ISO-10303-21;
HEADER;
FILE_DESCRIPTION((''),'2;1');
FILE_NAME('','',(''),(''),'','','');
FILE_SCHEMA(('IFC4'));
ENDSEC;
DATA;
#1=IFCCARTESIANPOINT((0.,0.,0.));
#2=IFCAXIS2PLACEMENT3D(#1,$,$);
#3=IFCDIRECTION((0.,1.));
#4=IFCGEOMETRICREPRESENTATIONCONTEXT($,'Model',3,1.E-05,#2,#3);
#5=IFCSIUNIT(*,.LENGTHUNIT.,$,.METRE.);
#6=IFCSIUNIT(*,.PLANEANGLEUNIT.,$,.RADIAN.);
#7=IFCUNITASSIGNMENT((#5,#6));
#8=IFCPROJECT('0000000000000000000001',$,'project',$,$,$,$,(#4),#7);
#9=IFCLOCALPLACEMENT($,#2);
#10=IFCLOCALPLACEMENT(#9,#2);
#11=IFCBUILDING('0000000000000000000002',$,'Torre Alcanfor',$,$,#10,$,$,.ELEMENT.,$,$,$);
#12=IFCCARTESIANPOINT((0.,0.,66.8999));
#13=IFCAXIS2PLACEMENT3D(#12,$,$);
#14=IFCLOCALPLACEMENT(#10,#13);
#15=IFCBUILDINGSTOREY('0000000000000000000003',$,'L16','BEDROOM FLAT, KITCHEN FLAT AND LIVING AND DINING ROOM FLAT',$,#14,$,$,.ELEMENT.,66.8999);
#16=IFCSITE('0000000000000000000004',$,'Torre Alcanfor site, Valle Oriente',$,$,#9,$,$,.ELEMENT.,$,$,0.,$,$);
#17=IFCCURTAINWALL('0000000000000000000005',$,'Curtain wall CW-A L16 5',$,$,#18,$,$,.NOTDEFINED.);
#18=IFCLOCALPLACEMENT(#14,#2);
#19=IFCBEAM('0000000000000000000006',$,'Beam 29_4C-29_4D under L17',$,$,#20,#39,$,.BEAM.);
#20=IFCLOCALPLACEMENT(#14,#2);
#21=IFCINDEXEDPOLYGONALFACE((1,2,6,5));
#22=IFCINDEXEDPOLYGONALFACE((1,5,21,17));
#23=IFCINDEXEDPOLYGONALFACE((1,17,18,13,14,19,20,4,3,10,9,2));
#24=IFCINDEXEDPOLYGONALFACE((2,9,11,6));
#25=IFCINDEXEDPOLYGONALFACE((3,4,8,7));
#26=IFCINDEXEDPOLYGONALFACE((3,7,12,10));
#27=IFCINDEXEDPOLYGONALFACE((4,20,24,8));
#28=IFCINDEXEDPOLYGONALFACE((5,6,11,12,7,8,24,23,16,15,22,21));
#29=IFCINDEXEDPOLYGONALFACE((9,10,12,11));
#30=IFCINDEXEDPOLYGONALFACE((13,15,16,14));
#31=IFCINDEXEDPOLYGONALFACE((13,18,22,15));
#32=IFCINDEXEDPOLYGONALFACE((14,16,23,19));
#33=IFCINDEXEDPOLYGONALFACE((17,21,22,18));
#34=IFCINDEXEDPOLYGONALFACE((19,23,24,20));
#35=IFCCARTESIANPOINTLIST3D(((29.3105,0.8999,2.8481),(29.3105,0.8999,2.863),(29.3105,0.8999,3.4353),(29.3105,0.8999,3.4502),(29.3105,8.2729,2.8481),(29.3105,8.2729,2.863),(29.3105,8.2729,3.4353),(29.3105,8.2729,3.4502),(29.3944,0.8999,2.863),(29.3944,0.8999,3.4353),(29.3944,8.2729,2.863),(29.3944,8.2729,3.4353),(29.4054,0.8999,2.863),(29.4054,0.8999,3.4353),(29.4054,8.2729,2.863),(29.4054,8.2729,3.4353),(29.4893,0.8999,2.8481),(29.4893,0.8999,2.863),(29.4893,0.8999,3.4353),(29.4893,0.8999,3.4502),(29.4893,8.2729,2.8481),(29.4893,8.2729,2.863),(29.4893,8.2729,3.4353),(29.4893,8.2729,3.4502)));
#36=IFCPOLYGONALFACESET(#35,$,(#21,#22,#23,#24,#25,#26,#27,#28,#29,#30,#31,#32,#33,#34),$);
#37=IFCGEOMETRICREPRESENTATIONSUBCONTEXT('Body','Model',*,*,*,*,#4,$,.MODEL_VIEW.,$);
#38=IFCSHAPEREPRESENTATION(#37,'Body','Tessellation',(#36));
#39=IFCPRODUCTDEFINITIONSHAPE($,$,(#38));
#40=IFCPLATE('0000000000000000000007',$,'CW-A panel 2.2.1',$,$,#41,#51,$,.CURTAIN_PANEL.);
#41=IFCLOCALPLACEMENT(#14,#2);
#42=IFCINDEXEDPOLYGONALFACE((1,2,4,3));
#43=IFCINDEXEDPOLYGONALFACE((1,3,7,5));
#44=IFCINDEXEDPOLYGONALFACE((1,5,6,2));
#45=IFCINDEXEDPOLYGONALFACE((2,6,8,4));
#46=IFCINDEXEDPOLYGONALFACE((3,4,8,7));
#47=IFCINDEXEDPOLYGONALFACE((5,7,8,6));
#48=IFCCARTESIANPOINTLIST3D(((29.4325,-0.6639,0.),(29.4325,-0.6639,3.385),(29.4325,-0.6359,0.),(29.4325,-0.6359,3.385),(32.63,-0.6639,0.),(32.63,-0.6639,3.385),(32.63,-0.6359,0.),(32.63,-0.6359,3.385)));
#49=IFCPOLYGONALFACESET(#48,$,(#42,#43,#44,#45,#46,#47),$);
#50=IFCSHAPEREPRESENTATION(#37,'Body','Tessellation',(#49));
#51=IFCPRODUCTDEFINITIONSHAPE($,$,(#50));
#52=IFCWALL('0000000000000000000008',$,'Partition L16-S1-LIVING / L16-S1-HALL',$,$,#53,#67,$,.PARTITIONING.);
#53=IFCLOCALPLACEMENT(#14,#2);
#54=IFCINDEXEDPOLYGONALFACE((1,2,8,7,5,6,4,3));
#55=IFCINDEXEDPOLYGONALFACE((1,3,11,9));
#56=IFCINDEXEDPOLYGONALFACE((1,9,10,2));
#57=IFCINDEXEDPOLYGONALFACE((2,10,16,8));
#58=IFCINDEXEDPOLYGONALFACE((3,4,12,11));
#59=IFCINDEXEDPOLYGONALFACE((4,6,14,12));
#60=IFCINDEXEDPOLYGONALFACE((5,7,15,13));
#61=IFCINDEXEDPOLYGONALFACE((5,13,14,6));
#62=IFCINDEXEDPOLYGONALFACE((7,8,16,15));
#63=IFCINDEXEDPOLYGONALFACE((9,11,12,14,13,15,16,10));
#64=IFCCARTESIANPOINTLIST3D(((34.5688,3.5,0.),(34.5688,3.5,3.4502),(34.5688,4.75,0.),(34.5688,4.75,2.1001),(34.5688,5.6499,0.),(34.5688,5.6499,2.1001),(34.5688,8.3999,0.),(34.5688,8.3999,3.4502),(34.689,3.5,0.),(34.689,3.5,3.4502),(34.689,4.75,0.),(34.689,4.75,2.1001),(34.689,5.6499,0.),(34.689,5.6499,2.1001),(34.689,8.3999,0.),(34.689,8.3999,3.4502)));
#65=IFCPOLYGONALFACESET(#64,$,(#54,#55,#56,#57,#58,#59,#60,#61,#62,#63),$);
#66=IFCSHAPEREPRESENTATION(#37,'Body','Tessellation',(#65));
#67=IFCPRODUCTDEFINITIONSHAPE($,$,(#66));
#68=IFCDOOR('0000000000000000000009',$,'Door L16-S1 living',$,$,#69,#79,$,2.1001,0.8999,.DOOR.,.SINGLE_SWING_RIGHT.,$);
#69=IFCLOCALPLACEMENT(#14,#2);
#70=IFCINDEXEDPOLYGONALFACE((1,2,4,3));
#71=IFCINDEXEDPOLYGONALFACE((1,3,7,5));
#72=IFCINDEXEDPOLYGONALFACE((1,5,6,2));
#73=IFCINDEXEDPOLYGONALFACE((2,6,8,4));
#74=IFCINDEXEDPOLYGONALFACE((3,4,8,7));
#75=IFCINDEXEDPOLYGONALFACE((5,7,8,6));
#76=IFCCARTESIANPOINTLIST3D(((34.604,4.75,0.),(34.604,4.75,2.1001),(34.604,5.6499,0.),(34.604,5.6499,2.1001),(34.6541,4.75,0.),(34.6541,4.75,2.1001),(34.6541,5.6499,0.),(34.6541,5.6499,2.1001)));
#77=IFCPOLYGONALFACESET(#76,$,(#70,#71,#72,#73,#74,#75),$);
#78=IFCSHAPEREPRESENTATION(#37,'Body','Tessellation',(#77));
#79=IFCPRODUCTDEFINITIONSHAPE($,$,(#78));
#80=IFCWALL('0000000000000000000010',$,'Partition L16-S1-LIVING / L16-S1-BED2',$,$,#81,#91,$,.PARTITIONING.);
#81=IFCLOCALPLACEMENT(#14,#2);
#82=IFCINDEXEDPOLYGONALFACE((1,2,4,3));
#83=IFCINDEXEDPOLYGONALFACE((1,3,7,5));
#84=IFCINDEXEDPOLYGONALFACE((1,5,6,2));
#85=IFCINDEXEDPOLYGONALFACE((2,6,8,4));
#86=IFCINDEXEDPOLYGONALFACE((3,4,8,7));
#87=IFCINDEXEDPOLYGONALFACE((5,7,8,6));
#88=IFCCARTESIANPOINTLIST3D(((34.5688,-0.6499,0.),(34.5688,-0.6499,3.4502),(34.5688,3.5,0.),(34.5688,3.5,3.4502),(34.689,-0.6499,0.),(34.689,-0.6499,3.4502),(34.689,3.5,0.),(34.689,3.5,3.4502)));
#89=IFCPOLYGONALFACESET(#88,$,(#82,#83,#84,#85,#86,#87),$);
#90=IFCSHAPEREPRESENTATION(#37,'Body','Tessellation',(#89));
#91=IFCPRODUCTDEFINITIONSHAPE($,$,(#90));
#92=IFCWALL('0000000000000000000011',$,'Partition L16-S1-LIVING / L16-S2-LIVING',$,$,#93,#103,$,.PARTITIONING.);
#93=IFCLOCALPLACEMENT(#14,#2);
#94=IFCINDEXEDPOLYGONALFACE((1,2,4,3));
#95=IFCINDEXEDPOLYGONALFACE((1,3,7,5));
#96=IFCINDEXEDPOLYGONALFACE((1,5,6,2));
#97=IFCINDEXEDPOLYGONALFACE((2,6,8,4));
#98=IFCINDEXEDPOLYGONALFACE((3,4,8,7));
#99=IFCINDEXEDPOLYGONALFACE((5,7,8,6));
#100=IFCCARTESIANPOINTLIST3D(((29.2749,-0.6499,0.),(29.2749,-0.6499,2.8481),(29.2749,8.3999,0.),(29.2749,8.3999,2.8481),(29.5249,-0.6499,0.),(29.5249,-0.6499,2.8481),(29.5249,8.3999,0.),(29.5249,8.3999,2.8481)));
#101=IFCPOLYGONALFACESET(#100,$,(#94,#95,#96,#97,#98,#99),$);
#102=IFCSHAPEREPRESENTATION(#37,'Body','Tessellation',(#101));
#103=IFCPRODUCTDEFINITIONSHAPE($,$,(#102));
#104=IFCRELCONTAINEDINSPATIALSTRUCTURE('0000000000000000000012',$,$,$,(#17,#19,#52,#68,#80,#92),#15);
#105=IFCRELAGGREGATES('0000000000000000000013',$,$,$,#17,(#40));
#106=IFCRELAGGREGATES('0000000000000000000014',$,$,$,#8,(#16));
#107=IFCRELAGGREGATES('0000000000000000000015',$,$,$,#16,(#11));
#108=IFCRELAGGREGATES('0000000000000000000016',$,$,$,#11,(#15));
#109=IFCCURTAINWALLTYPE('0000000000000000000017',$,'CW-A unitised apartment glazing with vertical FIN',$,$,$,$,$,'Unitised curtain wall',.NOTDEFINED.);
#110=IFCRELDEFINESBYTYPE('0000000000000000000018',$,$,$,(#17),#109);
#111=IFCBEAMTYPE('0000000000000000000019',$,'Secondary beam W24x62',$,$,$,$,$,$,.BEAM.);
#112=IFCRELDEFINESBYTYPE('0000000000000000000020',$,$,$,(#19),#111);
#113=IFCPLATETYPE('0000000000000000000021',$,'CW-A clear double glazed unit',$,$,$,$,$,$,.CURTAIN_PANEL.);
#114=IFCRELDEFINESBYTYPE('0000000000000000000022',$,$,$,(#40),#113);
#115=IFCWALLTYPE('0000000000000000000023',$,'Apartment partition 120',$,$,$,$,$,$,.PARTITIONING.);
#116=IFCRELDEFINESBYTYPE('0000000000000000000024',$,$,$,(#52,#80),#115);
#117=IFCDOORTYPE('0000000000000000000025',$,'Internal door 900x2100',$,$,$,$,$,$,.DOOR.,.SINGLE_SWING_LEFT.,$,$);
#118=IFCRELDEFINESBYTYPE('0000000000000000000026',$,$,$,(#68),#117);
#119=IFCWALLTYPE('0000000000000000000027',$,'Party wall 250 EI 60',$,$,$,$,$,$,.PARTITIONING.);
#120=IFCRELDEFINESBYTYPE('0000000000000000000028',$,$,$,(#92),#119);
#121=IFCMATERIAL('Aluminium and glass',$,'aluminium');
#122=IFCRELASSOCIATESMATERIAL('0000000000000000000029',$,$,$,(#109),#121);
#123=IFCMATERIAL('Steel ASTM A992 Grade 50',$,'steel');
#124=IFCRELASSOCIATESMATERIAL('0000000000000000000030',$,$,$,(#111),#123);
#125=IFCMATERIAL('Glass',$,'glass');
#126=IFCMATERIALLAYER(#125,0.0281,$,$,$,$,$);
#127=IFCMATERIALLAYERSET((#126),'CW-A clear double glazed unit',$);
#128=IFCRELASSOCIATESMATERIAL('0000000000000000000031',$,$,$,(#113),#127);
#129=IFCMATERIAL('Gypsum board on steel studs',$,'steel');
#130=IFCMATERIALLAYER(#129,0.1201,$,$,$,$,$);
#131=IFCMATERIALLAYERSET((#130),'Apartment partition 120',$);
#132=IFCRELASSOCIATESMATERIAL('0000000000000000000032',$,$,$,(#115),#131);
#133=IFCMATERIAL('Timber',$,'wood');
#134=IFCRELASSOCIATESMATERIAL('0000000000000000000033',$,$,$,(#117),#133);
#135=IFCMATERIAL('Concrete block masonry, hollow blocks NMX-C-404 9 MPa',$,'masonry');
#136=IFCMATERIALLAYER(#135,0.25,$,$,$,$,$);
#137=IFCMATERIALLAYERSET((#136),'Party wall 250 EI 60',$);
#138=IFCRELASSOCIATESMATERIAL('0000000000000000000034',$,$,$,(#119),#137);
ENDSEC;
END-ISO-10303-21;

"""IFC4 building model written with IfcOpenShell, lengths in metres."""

from ifc_helpers import new_model, si_unit, direction, frame, frame_2d, origin, origin_2d, place, context, subcontext, project, spatial, rectangle, i_section, extrude, material, layer, layer_set, material_profile, profile_set, type_object, element, fill, aggregate, save


model = new_model("IFC4")

# Units and contexts
model_context = context("Model", 3, precision=1e-05, world=origin(), true_north=direction((0.0, 1.0)))
body_context = subcontext(model_context, "Body", "Model", "MODEL_VIEW")
ifc_project = project(units=[si_unit("LENGTHUNIT", "METRE"), si_unit("PLANEANGLEUNIT", "RADIAN")], contexts=[model_context])

# Site, building, storey
site_placement = place(None, origin())
site = spatial("IfcSite", under=ifc_project, at=site_placement, Name="Torre Alcanfor site, Valle Oriente", CompositionType="ELEMENT", RefElevation=0.0)
building_placement = place(site_placement, origin())
building = spatial("IfcBuilding", under=site, at=building_placement, Name="Torre Alcanfor", CompositionType="ELEMENT")
storey_placement = place(building_placement, frame((0.0, 0.0, 66.8999)))
storey = spatial("IfcBuildingStorey", under=building, at=storey_placement, Name="L16", Description="BEDROOM FLAT, KITCHEN FLAT AND LIVING AND DINING ROOM FLAT", CompositionType="ELEMENT", Elevation=66.8999)

# Curtain wall
ifc_material_1 = material(Name="Aluminium and glass", Category="aluminium")
curtain_wall_type = type_object("IfcCurtainWallType", Name="CW-A unitised apartment glazing with vertical FIN", ElementType="Unitised curtain wall", PredefinedType="NOTDEFINED", material=ifc_material_1)
curtain_wall_placement = place(storey_placement, origin())
curtain_wall = element("IfcCurtainWall", 1, at=curtain_wall_placement, inside=storey, type_object=curtain_wall_type, Name="Curtain wall CW-A L16 5", PredefinedType="NOTDEFINED")

# Beam
ifc_material_2 = material(Name="Steel ASTM A992 Grade 50", Category="steel")
ifc_material_profile_1 = material_profile(ifc_material_2, i_section(OverallWidth=0.1787, OverallDepth=0.6021, WebThickness=0.011, FlangeThickness=0.0149, at=origin_2d()), Name="W24x62")
ifc_profile_set_1 = profile_set([ifc_material_profile_1], Name="Steel ASTM A992 Grade 50")
beam_type_1 = type_object("IfcBeamType", Name="Secondary beam W24x62", PredefinedType="BEAM", material=ifc_profile_set_1)
beam_1_placement = place(storey_placement, frame((29.3999, 0.8999, 3.1492), z_axis=(0.0, 1.0, 0.0), x_axis=(-1.0, 0.0, 0.0)))
element("IfcBeam", 2, at=beam_1_placement, inside=storey, type_object=beam_type_1, Name="Beam 29_4C-29_4D under L17", PredefinedType="BEAM", context=body_context, shape_type="SweptSolid", body=[
    extrude(i_section(OverallWidth=0.1787, OverallDepth=0.6021, WebThickness=0.011, FlangeThickness=0.0149, at=origin_2d()), origin(), (0.0, 0.0, 1.0), 7.373),
])

# Plate
ifc_material_3 = material(Name="Glass", Category="glass")
ifc_layer_1 = layer(ifc_material_3, 0.0281)
ifc_layer_set_1 = layer_set([ifc_layer_1], Name="CW-A clear double glazed unit")
plate_type = type_object("IfcPlateType", Name="CW-A clear double glazed unit", PredefinedType="CURTAIN_PANEL", material=ifc_layer_set_1)
plate_placement = place(storey_placement, frame((31.0312, -0.6499, 0.0), z_axis=(0.0, 0.0, 1.0), x_axis=(1.0, 0.0, 0.0)))
plate = element("IfcPlate", 3, at=plate_placement, type_object=plate_type, Name="CW-A panel 2.2.1", PredefinedType="CURTAIN_PANEL", context=body_context, shape_type="SweptSolid", body=[
    extrude(rectangle(XDim=3.1975, YDim=0.0281, at=origin_2d()), origin(), (0.0, 0.0, 1.0), 3.385),
])
aggregate(curtain_wall, [plate])

# Wall, opening, door
ifc_material_4 = material(Name="Gypsum board on steel studs", Category="steel")
ifc_layer_2 = layer(ifc_material_4, 0.1201)
ifc_layer_set_2 = layer_set([ifc_layer_2], Name="Apartment partition 120")
wall_type_1 = type_object("IfcWallType", Name="Apartment partition 120", PredefinedType="PARTITIONING", material=ifc_layer_set_2)
wall_1_placement = place(storey_placement, frame((34.6289, 3.5, 0.0), z_axis=(0.0, 0.0, 1.0), x_axis=(0.0, 1.0, 0.0)))
wall_1 = element("IfcWall", 4, at=wall_1_placement, inside=storey, type_object=wall_type_1, Name="Partition L16-S1-LIVING / L16-S1-HALL", PredefinedType="PARTITIONING", context=body_context, shape_type="SweptSolid", body=[
    extrude(rectangle(XDim=4.8999, YDim=0.1201, at=frame_2d((2.45, 0.0))), origin(), (0.0, 0.0, 1.0), 3.4502),
])
opening_placement = place(wall_1_placement, frame((1.25, 0.0, 0.0)))
opening = element("IfcOpeningElement", 5, at=opening_placement, cuts=wall_1, PredefinedType="OPENING", context=body_context, shape_type="SweptSolid", body=[
    extrude(rectangle(XDim=0.8999, YDim=2.1001, at=frame_2d((0.45, 1.05))), frame((0.0, 0.0701, 0.0), z_axis=(0.0, -1.0, 0.0), x_axis=(1.0, 0.0, 0.0)), (0.0, 0.0, 1.0), 0.1401),
])
ifc_material_5 = material(Name="Timber", Category="wood")
door_type = type_object("IfcDoorType", Name="Internal door 900x2100", OperationType="SINGLE_SWING_LEFT", PredefinedType="DOOR", material=ifc_material_5)
door_placement = place(opening_placement, origin())
door = element("IfcDoor", 6, at=door_placement, inside=storey, type_object=door_type, Name="Door L16-S1 living", OperationType="SINGLE_SWING_RIGHT", OverallHeight=2.1001, OverallWidth=0.8999, PredefinedType="DOOR", context=body_context, shape_type="SweptSolid", body=[
    extrude(rectangle(XDim=0.8999, YDim=2.1001, at=frame_2d((0.45, 1.05))), frame((0.0, 0.0249, 0.0), z_axis=(0.0, -1.0, 0.0), x_axis=(1.0, 0.0, 0.0)), (0.0, 0.0, 1.0), 0.05),
])
fill(opening, door)

# Walls
wall_2_placement = place(storey_placement, frame((34.6289, -0.6499, 0.0), z_axis=(0.0, 0.0, 1.0), x_axis=(0.0, 1.0, 0.0)))
element("IfcWall", 7, at=wall_2_placement, inside=storey, type_object=wall_type_1, Name="Partition L16-S1-LIVING / L16-S1-BED2", PredefinedType="PARTITIONING", context=body_context, shape_type="SweptSolid", body=[
    extrude(rectangle(XDim=4.1499, YDim=0.1201, at=frame_2d((2.075, 0.0))), origin(), (0.0, 0.0, 1.0), 3.4502),
])
ifc_material_6 = material(Name="Concrete block masonry, hollow blocks NMX-C-404 9 MPa", Category="masonry")
ifc_layer_3 = layer(ifc_material_6, 0.25)
ifc_layer_set_3 = layer_set([ifc_layer_3], Name="Party wall 250 EI 60")
wall_type_2 = type_object("IfcWallType", Name="Party wall 250 EI 60", PredefinedType="PARTITIONING", material=ifc_layer_set_3)
wall_3_placement = place(storey_placement, frame((29.3999, 8.3999, 0.0), z_axis=(0.0, 0.0, 1.0), x_axis=(0.0, -1.0, 0.0)))
element("IfcWall", 8, at=wall_3_placement, inside=storey, type_object=wall_type_2, Name="Partition L16-S1-LIVING / L16-S2-LIVING", PredefinedType="PARTITIONING", context=body_context, shape_type="SweptSolid", body=[
    extrude(rectangle(XDim=9.0498, YDim=0.25, at=frame_2d((4.5249, 0.0))), origin(), (0.0, 0.0, 1.0), 2.8481),
])

save(model, "model.ifc")
